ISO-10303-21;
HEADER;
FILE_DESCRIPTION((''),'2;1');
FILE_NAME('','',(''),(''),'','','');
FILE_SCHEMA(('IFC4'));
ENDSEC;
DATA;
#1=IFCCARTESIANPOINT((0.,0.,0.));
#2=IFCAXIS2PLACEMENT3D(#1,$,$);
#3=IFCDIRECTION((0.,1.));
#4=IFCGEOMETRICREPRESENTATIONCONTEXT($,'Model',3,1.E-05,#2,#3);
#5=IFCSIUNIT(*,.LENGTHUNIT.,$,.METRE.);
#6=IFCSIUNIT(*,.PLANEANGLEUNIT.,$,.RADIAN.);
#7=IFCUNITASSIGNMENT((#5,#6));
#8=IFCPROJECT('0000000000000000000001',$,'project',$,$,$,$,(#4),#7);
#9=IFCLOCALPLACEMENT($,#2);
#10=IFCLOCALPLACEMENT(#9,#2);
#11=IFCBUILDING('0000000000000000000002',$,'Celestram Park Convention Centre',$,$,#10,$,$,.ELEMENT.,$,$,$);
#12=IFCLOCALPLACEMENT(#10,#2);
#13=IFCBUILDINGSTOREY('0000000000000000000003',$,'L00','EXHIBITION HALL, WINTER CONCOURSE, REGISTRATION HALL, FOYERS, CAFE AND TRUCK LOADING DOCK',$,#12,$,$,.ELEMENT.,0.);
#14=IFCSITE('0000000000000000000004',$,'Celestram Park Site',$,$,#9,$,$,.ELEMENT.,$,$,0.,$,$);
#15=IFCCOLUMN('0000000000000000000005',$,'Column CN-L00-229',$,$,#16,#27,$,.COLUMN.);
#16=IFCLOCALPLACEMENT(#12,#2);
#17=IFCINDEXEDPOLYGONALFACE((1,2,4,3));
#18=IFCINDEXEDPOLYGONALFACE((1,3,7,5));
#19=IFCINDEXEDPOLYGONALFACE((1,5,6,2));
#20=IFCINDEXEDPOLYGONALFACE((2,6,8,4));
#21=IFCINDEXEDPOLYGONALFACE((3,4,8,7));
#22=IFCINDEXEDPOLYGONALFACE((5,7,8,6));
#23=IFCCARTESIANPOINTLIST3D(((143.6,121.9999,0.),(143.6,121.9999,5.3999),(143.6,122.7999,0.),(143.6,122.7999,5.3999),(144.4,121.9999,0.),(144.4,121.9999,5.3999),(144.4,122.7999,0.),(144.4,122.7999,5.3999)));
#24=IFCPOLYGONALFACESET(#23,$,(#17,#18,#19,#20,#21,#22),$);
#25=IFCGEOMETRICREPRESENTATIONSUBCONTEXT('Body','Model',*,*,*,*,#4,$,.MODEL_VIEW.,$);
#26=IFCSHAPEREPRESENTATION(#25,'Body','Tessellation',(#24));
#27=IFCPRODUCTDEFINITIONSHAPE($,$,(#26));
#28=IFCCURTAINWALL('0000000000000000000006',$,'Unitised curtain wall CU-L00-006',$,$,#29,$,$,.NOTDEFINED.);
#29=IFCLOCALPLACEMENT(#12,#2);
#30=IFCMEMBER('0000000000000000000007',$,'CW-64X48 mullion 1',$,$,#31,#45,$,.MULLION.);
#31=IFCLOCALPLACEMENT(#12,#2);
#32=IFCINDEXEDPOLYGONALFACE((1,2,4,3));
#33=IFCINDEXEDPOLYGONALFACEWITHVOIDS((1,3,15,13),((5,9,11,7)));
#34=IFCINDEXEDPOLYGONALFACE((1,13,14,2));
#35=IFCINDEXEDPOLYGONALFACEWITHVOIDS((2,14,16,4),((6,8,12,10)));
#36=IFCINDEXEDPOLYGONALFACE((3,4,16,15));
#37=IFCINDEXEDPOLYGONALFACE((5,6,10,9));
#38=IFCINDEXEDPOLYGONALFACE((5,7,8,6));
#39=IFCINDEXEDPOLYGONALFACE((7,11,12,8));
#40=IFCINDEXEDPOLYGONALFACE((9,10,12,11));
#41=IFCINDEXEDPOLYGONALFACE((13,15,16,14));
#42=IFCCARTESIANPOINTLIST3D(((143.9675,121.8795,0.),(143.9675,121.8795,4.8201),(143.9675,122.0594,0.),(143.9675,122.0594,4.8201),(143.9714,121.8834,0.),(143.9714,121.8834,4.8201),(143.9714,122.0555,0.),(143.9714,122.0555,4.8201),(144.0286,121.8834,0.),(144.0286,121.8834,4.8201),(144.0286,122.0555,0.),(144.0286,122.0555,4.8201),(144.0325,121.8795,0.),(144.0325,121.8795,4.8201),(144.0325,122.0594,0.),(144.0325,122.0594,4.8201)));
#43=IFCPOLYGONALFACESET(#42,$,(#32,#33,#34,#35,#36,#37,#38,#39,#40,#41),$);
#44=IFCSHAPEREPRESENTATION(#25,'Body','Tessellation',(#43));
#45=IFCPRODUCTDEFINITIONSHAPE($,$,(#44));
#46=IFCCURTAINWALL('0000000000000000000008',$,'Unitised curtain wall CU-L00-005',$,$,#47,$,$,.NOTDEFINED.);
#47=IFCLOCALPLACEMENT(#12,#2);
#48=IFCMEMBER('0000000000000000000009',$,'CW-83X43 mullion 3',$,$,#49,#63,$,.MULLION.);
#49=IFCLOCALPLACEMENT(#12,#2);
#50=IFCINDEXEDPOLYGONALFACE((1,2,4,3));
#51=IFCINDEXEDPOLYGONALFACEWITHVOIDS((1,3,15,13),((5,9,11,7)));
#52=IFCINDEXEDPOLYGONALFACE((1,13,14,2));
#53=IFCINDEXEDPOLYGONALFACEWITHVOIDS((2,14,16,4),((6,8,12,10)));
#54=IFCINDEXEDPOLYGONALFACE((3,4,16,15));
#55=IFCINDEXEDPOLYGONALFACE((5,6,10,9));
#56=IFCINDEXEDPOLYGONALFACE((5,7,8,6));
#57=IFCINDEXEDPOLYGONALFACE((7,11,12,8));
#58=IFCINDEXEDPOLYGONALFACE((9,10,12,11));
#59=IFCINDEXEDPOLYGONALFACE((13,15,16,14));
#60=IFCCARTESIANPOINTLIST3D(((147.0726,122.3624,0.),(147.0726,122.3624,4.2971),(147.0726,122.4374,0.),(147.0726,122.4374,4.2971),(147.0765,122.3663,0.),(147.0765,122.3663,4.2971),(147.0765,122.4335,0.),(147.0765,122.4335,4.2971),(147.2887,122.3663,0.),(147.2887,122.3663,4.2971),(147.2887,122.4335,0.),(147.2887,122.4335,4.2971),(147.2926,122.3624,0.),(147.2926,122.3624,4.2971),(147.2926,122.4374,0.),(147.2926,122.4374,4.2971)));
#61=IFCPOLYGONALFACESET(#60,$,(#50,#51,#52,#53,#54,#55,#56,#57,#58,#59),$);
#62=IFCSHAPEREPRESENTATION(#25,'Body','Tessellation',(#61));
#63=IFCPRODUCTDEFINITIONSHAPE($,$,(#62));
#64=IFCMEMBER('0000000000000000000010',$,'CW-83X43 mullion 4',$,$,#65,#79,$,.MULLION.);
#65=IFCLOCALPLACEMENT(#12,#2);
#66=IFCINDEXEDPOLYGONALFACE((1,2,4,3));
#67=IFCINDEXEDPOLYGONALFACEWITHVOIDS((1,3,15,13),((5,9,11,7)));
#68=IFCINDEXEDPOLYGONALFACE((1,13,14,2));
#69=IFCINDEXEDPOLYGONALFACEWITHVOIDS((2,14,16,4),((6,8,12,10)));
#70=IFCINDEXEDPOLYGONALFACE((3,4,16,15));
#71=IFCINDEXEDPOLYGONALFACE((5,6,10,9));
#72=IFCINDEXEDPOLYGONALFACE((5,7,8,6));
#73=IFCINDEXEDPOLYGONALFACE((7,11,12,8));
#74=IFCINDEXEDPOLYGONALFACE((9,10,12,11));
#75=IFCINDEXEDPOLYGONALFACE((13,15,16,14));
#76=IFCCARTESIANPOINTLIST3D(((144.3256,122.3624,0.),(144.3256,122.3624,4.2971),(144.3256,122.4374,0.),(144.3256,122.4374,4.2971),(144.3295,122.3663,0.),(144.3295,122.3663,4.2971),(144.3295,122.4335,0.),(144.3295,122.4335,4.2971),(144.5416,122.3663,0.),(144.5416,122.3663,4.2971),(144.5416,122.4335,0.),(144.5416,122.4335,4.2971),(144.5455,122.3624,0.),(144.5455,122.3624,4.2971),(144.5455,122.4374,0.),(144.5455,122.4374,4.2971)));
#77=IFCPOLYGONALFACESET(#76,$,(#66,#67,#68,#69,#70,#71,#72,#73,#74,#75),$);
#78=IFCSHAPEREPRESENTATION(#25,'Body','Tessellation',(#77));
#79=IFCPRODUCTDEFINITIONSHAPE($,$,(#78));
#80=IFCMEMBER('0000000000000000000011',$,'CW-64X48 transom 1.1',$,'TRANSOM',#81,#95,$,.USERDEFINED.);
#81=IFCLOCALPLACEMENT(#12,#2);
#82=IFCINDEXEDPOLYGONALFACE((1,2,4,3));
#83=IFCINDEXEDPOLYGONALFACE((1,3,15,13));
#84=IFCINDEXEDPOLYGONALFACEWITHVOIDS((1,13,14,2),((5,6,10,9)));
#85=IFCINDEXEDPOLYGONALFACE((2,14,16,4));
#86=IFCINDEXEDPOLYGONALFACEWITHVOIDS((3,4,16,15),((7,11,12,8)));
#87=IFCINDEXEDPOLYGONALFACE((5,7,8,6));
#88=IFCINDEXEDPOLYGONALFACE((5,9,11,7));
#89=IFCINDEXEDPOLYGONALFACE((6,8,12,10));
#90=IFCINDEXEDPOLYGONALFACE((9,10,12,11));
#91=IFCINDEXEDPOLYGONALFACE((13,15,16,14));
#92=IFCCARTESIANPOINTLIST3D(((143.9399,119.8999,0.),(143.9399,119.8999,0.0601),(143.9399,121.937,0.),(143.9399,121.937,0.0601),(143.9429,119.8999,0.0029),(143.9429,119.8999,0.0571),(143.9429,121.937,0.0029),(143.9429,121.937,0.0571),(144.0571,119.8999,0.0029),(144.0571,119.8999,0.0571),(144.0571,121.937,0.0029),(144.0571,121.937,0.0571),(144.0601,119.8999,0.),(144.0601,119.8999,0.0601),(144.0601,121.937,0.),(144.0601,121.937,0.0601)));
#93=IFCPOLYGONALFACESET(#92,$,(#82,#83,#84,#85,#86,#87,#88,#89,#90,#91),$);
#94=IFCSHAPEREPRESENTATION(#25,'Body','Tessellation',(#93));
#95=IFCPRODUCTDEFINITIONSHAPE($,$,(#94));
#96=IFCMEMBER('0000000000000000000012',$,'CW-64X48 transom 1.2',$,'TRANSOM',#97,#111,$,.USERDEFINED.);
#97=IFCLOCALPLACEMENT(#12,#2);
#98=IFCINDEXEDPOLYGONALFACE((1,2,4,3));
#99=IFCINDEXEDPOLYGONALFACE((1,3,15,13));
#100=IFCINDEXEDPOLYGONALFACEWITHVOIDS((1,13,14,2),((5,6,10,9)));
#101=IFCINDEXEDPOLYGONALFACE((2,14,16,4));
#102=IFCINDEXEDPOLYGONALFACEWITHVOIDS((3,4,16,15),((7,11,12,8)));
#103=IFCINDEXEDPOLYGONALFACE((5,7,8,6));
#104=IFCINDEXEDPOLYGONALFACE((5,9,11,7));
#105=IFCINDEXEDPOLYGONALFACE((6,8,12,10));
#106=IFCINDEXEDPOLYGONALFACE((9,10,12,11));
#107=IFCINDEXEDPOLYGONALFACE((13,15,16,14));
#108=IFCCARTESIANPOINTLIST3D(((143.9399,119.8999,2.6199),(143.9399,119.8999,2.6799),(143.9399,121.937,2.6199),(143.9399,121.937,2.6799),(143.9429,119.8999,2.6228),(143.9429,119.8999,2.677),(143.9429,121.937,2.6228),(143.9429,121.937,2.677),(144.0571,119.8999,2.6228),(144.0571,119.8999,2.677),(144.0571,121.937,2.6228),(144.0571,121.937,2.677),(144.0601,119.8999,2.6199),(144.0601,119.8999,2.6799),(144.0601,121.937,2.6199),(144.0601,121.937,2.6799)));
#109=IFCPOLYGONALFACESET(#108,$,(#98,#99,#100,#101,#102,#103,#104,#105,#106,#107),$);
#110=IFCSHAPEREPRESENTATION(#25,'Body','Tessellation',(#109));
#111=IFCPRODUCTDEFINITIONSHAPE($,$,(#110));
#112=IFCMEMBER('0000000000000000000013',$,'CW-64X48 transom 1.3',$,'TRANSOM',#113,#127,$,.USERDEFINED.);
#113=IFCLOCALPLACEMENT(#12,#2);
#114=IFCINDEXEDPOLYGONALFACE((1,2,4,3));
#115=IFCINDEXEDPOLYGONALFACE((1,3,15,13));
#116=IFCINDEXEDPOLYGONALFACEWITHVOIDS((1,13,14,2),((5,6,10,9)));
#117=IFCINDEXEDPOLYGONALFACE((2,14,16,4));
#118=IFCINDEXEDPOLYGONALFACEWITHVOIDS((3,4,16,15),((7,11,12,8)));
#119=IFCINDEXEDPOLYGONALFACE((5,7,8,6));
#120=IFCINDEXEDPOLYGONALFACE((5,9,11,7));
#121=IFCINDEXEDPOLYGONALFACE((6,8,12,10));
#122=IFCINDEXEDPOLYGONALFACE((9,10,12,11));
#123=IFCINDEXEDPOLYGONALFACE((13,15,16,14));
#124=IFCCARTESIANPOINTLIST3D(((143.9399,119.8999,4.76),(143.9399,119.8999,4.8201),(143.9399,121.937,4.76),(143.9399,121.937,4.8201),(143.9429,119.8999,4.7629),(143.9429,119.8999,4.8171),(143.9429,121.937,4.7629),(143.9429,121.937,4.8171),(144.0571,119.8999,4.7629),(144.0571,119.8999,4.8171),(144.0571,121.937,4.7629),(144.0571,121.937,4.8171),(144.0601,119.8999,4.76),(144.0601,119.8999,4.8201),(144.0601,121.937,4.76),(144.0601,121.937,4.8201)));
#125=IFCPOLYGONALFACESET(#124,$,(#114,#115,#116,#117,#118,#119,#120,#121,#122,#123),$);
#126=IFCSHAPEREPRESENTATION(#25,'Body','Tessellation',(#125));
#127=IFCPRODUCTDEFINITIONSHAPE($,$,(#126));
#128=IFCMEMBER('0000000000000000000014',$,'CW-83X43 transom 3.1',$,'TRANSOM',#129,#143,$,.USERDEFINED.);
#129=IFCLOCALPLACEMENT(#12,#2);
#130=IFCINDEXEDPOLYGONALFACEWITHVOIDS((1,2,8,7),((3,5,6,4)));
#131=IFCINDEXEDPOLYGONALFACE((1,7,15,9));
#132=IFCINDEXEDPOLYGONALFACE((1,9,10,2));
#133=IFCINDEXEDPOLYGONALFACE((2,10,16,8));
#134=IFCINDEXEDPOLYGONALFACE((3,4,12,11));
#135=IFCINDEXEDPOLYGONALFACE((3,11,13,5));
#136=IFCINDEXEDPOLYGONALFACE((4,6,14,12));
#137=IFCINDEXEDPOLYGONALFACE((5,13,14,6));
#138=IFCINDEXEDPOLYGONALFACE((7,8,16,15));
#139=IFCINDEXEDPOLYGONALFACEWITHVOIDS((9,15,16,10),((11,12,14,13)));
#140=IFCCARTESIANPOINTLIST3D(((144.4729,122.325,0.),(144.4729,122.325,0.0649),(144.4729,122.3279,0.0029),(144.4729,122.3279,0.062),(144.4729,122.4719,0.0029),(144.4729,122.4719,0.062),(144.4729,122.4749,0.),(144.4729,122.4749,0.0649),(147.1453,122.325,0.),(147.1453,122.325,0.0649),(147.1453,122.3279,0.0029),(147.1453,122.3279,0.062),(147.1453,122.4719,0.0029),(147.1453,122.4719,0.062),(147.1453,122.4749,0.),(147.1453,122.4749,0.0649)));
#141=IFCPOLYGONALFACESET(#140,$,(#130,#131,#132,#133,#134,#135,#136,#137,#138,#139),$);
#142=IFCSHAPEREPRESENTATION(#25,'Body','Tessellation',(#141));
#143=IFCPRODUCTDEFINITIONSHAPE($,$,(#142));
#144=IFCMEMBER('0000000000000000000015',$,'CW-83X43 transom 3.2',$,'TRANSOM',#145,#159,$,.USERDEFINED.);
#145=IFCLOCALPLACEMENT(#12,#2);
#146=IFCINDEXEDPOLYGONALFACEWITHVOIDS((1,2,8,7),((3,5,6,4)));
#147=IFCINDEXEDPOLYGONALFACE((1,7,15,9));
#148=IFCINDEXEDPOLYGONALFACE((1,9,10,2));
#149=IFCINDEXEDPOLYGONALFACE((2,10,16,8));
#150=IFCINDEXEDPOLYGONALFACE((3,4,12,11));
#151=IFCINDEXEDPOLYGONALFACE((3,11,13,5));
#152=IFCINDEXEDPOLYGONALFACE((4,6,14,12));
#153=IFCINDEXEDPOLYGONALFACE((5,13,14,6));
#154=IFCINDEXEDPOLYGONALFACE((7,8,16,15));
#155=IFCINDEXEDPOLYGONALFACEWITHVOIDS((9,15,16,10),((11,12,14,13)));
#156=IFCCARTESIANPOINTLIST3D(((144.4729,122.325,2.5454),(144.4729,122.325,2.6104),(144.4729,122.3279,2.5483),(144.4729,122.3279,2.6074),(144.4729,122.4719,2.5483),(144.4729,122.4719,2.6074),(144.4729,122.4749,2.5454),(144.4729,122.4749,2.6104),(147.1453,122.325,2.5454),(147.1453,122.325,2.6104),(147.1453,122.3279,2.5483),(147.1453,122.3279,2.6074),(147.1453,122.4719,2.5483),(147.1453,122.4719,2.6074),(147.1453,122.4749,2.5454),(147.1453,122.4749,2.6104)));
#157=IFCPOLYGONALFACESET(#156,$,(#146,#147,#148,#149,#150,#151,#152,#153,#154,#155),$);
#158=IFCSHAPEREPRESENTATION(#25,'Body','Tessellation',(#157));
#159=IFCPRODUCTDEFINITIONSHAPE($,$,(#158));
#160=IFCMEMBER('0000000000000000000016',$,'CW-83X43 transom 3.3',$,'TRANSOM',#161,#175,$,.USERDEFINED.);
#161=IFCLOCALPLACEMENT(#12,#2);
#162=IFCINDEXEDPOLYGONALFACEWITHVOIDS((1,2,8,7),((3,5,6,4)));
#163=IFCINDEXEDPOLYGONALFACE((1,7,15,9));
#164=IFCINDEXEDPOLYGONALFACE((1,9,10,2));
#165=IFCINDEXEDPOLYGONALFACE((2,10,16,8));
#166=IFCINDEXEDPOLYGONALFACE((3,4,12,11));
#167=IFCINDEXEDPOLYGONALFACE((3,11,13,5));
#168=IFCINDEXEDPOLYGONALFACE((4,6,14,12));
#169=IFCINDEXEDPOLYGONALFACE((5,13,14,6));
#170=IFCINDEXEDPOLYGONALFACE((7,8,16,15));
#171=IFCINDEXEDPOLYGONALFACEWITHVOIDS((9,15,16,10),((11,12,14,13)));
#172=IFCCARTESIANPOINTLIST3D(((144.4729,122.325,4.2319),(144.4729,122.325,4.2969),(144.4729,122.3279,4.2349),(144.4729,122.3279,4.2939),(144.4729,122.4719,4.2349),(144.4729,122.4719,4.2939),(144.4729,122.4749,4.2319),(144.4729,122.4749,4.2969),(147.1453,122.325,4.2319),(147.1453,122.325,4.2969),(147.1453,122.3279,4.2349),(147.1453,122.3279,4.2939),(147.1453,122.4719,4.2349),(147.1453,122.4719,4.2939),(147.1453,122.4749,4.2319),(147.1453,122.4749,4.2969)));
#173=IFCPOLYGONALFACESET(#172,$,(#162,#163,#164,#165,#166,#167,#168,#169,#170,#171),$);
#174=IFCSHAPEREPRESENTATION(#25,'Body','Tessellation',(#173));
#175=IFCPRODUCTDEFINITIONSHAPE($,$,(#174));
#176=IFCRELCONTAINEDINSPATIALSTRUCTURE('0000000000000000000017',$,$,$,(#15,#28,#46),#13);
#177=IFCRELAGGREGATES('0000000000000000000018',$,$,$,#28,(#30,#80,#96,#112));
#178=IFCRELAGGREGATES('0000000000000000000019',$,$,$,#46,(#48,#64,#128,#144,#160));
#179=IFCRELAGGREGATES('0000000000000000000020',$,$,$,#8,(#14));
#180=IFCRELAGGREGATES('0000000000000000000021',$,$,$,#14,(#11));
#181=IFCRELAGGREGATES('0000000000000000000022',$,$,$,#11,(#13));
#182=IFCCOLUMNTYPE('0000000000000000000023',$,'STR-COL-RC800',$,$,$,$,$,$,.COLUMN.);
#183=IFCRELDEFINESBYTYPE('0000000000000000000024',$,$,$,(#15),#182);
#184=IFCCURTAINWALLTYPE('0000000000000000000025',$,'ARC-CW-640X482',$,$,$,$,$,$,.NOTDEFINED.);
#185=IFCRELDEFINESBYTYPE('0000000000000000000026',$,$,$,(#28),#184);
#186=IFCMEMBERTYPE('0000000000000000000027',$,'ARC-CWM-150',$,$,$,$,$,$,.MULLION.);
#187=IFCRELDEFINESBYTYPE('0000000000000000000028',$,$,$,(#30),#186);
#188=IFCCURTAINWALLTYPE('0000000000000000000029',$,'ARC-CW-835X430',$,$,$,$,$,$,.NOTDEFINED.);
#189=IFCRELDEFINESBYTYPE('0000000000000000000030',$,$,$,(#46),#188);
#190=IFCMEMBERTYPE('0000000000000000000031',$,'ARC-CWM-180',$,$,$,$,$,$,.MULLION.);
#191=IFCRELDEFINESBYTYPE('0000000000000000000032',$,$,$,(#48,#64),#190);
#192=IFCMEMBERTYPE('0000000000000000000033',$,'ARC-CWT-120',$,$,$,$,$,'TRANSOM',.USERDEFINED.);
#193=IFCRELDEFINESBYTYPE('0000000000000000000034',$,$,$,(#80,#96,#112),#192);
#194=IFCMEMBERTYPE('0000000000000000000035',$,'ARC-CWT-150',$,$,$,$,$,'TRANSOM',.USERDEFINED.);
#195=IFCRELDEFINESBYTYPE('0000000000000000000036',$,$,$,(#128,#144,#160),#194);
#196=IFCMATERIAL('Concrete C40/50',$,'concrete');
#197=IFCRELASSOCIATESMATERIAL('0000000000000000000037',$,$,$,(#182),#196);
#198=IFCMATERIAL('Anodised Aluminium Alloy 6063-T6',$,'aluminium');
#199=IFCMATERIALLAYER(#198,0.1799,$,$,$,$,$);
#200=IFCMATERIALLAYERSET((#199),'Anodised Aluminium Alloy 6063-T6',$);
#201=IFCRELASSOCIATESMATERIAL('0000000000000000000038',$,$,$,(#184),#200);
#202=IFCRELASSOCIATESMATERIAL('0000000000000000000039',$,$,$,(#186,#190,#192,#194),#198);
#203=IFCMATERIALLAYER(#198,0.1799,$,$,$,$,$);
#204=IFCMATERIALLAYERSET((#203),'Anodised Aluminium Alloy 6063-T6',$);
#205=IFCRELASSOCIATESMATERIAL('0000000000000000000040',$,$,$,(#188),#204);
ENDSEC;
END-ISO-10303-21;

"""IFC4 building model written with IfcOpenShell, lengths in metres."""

from ifc_helpers import new_model, si_unit, direction, frame, origin, origin_2d, place, context, subcontext, project, spatial, rectangle, hollow_rectangle, extrude, material, layer, layer_set, material_profile, profile_set, type_object, element, aggregate, save


model = new_model("IFC4")

# Units and contexts
model_context = context("Model", 3, precision=1e-05, world=origin(), true_north=direction((0.0, 1.0)))
body_context = subcontext(model_context, "Body", "Model", "MODEL_VIEW")
ifc_project = project(units=[si_unit("LENGTHUNIT", "METRE"), si_unit("PLANEANGLEUNIT", "RADIAN")], contexts=[model_context])

# Site, building, storey
site_placement = place(None, origin())
site = spatial("IfcSite", under=ifc_project, at=site_placement, Name="Celestram Park Site", CompositionType="ELEMENT", RefElevation=0.0)
building_placement = place(site_placement, origin())
building = spatial("IfcBuilding", under=site, at=building_placement, Name="Celestram Park Convention Centre", CompositionType="ELEMENT")
storey_placement = place(building_placement, origin())
storey = spatial("IfcBuildingStorey", under=building, at=storey_placement, Name="L00", Description="EXHIBITION HALL, WINTER CONCOURSE, REGISTRATION HALL, FOYERS, CAFE AND TRUCK LOADING DOCK", CompositionType="ELEMENT", Elevation=0.0)

# Column
ifc_material_1 = material(Name="Concrete C40/50", Category="concrete")
ifc_material_profile_1 = material_profile(ifc_material_1, rectangle(XDim=0.8, YDim=0.8, at=origin_2d()), Name="RC800X800")
ifc_profile_set_1 = profile_set([ifc_material_profile_1], Name="Concrete C40/50")
column_type = type_object("IfcColumnType", Name="STR-COL-RC800", PredefinedType="COLUMN", material=ifc_profile_set_1)
column_placement = place(storey_placement, frame((144.0, 122.3999, 0.0), z_axis=(0.0, 0.0, 1.0), x_axis=(1.0, 0.0, 0.0)))
element("IfcColumn", 1, at=column_placement, inside=storey, type_object=column_type, Name="Column CN-L00-229", PredefinedType="COLUMN", context=body_context, shape_type="SweptSolid", body=[
    extrude(rectangle(XDim=0.8, YDim=0.8, at=origin_2d()), origin(), (0.0, 0.0, 1.0), 5.3999),
])

# Curtain wall, member
ifc_material_2 = material(Name="Anodised Aluminium Alloy 6063-T6", Category="aluminium")
ifc_layer_1 = layer(ifc_material_2, 0.1799)
ifc_layer_set_1 = layer_set([ifc_layer_1], Name="Anodised Aluminium Alloy 6063-T6")
curtain_wall_type_1 = type_object("IfcCurtainWallType", Name="ARC-CW-640X482", PredefinedType="NOTDEFINED", material=ifc_layer_set_1)
curtain_wall_1_placement = place(storey_placement, origin())
curtain_wall_1 = element("IfcCurtainWall", 2, at=curtain_wall_1_placement, inside=storey, type_object=curtain_wall_type_1, Name="Unitised curtain wall CU-L00-006", PredefinedType="NOTDEFINED")
ifc_material_profile_2 = material_profile(ifc_material_2, hollow_rectangle(XDim=0.0649, YDim=0.1799, WallThickness=0.0039, at=origin_2d()), Name="ALU65X180X4")
ifc_profile_set_2 = profile_set([ifc_material_profile_2], Name="Anodised Aluminium Alloy 6063-T6")
member_type_1 = type_object("IfcMemberType", Name="ARC-CWM-150", PredefinedType="MULLION", material=ifc_profile_set_2)
member_1_placement = place(storey_placement, frame((144.0, 121.9695, 0.0), z_axis=(0.0, 0.0, 1.0), x_axis=(1.0, 0.0, 0.0)))
member_1 = element("IfcMember", 3, at=member_1_placement, type_object=member_type_1, Name="CW-64X48 mullion 1", PredefinedType="MULLION", context=body_context, shape_type="SweptSolid", body=[
    extrude(hollow_rectangle(XDim=0.0649, YDim=0.1799, WallThickness=0.0039, at=origin_2d()), origin(), (0.0, 0.0, 1.0), 4.8201),
])

# Curtain wall, members
ifc_layer_2 = layer(ifc_material_2, 0.1799)
ifc_layer_set_2 = layer_set([ifc_layer_2], Name="Anodised Aluminium Alloy 6063-T6")
curtain_wall_type_2 = type_object("IfcCurtainWallType", Name="ARC-CW-835X430", PredefinedType="NOTDEFINED", material=ifc_layer_set_2)
curtain_wall_2_placement = place(storey_placement, origin())
curtain_wall_2 = element("IfcCurtainWall", 4, at=curtain_wall_2_placement, inside=storey, type_object=curtain_wall_type_2, Name="Unitised curtain wall CU-L00-005", PredefinedType="NOTDEFINED")
ifc_material_profile_3 = material_profile(ifc_material_2, hollow_rectangle(XDim=0.075, YDim=0.22, WallThickness=0.0039, at=origin_2d()), Name="ALU75X220X4")
ifc_profile_set_3 = profile_set([ifc_material_profile_3], Name="Anodised Aluminium Alloy 6063-T6")
member_type_2 = type_object("IfcMemberType", Name="ARC-CWM-180", PredefinedType="MULLION", material=ifc_profile_set_3)
member_2_placement = place(storey_placement, frame((147.1826, 122.3999, 0.0), z_axis=(0.0, 0.0, 1.0), x_axis=(0.0, -1.0, 0.0)))
member_2 = element("IfcMember", 5, at=member_2_placement, type_object=member_type_2, Name="CW-83X43 mullion 3", PredefinedType="MULLION", context=body_context, shape_type="SweptSolid", body=[
    extrude(hollow_rectangle(XDim=0.075, YDim=0.22, WallThickness=0.0039, at=origin_2d()), origin(), (0.0, 0.0, 1.0), 4.2971),
])
member_3_placement = place(storey_placement, frame((144.4355, 122.3999, 0.0), z_axis=(0.0, 0.0, 1.0), x_axis=(0.0, -1.0, 0.0)))
member_3 = element("IfcMember", 6, at=member_3_placement, type_object=member_type_2, Name="CW-83X43 mullion 4", PredefinedType="MULLION", context=body_context, shape_type="SweptSolid", body=[
    extrude(hollow_rectangle(XDim=0.075, YDim=0.22, WallThickness=0.0039, at=origin_2d()), origin(), (0.0, 0.0, 1.0), 4.2971),
])

# Members
ifc_material_profile_4 = material_profile(ifc_material_2, hollow_rectangle(XDim=0.1201, YDim=0.0601, WallThickness=0.0029, at=origin_2d()), Name="ALU120X60X3")
ifc_profile_set_4 = profile_set([ifc_material_profile_4], Name="Anodised Aluminium Alloy 6063-T6")
member_type_3 = type_object("IfcMemberType", Name="ARC-CWT-120", ElementType="TRANSOM", PredefinedType="USERDEFINED", material=ifc_profile_set_4)
member_4_placement = place(storey_placement, frame((144.0, 121.937, 0.03), z_axis=(0.0, -1.0, 0.0), x_axis=(1.0, 0.0, 0.0)))
member_4 = element("IfcMember", 7, at=member_4_placement, type_object=member_type_3, Name="CW-64X48 transom 1.1", ObjectType="TRANSOM", PredefinedType="USERDEFINED", context=body_context, shape_type="SweptSolid", body=[
    extrude(hollow_rectangle(XDim=0.1201, YDim=0.0601, WallThickness=0.0029, at=origin_2d()), origin(), (0.0, 0.0, 1.0), 2.0371),
])
member_5_placement = place(storey_placement, frame((144.0, 121.937, 2.6499), z_axis=(0.0, -1.0, 0.0), x_axis=(1.0, 0.0, 0.0)))
member_5 = element("IfcMember", 8, at=member_5_placement, type_object=member_type_3, Name="CW-64X48 transom 1.2", ObjectType="TRANSOM", PredefinedType="USERDEFINED", context=body_context, shape_type="SweptSolid", body=[
    extrude(hollow_rectangle(XDim=0.1201, YDim=0.0601, WallThickness=0.0029, at=origin_2d()), origin(), (0.0, 0.0, 1.0), 2.0371),
])
member_6_placement = place(storey_placement, frame((144.0, 121.937, 4.79), z_axis=(0.0, -1.0, 0.0), x_axis=(1.0, 0.0, 0.0)))
member_6 = element("IfcMember", 9, at=member_6_placement, type_object=member_type_3, Name="CW-64X48 transom 1.3", ObjectType="TRANSOM", PredefinedType="USERDEFINED", context=body_context, shape_type="SweptSolid", body=[
    extrude(hollow_rectangle(XDim=0.1201, YDim=0.0601, WallThickness=0.0029, at=origin_2d()), origin(), (0.0, 0.0, 1.0), 2.0371),
])
aggregate(curtain_wall_1, [member_1, member_4, member_5, member_6])
ifc_material_profile_5 = material_profile(ifc_material_2, hollow_rectangle(XDim=0.1499, YDim=0.0649, WallThickness=0.0029, at=origin_2d()), Name="ALU150X65X3")
ifc_profile_set_5 = profile_set([ifc_material_profile_5], Name="Anodised Aluminium Alloy 6063-T6")
member_type_4 = type_object("IfcMemberType", Name="ARC-CWT-150", ElementType="TRANSOM", PredefinedType="USERDEFINED", material=ifc_profile_set_5)
member_7_placement = place(storey_placement, frame((147.1453, 122.3999, 0.0325), z_axis=(-1.0, 0.0, 0.0), x_axis=(0.0, -1.0, 0.0)))
member_7 = element("IfcMember", 10, at=member_7_placement, type_object=member_type_4, Name="CW-83X43 transom 3.1", ObjectType="TRANSOM", PredefinedType="USERDEFINED", context=body_context, shape_type="SweptSolid", body=[
    extrude(hollow_rectangle(XDim=0.1499, YDim=0.0649, WallThickness=0.0029, at=origin_2d()), origin(), (0.0, 0.0, 1.0), 2.6724),
])
member_8_placement = place(storey_placement, frame((147.1453, 122.3999, 2.5779), z_axis=(-1.0, 0.0, 0.0), x_axis=(0.0, -1.0, 0.0)))
member_8 = element("IfcMember", 11, at=member_8_placement, type_object=member_type_4, Name="CW-83X43 transom 3.2", ObjectType="TRANSOM", PredefinedType="USERDEFINED", context=body_context, shape_type="SweptSolid", body=[
    extrude(hollow_rectangle(XDim=0.1499, YDim=0.0649, WallThickness=0.0029, at=origin_2d()), origin(), (0.0, 0.0, 1.0), 2.6724),
])
member_9_placement = place(storey_placement, frame((147.1453, 122.3999, 4.2644), z_axis=(-1.0, 0.0, 0.0), x_axis=(0.0, -1.0, 0.0)))
member_9 = element("IfcMember", 12, at=member_9_placement, type_object=member_type_4, Name="CW-83X43 transom 3.3", ObjectType="TRANSOM", PredefinedType="USERDEFINED", context=body_context, shape_type="SweptSolid", body=[
    extrude(hollow_rectangle(XDim=0.1499, YDim=0.0649, WallThickness=0.0029, at=origin_2d()), origin(), (0.0, 0.0, 1.0), 2.6724),
])

aggregate(curtain_wall_2, [member_2, member_3, member_7, member_8, member_9])

save(model, "model.ifc")
